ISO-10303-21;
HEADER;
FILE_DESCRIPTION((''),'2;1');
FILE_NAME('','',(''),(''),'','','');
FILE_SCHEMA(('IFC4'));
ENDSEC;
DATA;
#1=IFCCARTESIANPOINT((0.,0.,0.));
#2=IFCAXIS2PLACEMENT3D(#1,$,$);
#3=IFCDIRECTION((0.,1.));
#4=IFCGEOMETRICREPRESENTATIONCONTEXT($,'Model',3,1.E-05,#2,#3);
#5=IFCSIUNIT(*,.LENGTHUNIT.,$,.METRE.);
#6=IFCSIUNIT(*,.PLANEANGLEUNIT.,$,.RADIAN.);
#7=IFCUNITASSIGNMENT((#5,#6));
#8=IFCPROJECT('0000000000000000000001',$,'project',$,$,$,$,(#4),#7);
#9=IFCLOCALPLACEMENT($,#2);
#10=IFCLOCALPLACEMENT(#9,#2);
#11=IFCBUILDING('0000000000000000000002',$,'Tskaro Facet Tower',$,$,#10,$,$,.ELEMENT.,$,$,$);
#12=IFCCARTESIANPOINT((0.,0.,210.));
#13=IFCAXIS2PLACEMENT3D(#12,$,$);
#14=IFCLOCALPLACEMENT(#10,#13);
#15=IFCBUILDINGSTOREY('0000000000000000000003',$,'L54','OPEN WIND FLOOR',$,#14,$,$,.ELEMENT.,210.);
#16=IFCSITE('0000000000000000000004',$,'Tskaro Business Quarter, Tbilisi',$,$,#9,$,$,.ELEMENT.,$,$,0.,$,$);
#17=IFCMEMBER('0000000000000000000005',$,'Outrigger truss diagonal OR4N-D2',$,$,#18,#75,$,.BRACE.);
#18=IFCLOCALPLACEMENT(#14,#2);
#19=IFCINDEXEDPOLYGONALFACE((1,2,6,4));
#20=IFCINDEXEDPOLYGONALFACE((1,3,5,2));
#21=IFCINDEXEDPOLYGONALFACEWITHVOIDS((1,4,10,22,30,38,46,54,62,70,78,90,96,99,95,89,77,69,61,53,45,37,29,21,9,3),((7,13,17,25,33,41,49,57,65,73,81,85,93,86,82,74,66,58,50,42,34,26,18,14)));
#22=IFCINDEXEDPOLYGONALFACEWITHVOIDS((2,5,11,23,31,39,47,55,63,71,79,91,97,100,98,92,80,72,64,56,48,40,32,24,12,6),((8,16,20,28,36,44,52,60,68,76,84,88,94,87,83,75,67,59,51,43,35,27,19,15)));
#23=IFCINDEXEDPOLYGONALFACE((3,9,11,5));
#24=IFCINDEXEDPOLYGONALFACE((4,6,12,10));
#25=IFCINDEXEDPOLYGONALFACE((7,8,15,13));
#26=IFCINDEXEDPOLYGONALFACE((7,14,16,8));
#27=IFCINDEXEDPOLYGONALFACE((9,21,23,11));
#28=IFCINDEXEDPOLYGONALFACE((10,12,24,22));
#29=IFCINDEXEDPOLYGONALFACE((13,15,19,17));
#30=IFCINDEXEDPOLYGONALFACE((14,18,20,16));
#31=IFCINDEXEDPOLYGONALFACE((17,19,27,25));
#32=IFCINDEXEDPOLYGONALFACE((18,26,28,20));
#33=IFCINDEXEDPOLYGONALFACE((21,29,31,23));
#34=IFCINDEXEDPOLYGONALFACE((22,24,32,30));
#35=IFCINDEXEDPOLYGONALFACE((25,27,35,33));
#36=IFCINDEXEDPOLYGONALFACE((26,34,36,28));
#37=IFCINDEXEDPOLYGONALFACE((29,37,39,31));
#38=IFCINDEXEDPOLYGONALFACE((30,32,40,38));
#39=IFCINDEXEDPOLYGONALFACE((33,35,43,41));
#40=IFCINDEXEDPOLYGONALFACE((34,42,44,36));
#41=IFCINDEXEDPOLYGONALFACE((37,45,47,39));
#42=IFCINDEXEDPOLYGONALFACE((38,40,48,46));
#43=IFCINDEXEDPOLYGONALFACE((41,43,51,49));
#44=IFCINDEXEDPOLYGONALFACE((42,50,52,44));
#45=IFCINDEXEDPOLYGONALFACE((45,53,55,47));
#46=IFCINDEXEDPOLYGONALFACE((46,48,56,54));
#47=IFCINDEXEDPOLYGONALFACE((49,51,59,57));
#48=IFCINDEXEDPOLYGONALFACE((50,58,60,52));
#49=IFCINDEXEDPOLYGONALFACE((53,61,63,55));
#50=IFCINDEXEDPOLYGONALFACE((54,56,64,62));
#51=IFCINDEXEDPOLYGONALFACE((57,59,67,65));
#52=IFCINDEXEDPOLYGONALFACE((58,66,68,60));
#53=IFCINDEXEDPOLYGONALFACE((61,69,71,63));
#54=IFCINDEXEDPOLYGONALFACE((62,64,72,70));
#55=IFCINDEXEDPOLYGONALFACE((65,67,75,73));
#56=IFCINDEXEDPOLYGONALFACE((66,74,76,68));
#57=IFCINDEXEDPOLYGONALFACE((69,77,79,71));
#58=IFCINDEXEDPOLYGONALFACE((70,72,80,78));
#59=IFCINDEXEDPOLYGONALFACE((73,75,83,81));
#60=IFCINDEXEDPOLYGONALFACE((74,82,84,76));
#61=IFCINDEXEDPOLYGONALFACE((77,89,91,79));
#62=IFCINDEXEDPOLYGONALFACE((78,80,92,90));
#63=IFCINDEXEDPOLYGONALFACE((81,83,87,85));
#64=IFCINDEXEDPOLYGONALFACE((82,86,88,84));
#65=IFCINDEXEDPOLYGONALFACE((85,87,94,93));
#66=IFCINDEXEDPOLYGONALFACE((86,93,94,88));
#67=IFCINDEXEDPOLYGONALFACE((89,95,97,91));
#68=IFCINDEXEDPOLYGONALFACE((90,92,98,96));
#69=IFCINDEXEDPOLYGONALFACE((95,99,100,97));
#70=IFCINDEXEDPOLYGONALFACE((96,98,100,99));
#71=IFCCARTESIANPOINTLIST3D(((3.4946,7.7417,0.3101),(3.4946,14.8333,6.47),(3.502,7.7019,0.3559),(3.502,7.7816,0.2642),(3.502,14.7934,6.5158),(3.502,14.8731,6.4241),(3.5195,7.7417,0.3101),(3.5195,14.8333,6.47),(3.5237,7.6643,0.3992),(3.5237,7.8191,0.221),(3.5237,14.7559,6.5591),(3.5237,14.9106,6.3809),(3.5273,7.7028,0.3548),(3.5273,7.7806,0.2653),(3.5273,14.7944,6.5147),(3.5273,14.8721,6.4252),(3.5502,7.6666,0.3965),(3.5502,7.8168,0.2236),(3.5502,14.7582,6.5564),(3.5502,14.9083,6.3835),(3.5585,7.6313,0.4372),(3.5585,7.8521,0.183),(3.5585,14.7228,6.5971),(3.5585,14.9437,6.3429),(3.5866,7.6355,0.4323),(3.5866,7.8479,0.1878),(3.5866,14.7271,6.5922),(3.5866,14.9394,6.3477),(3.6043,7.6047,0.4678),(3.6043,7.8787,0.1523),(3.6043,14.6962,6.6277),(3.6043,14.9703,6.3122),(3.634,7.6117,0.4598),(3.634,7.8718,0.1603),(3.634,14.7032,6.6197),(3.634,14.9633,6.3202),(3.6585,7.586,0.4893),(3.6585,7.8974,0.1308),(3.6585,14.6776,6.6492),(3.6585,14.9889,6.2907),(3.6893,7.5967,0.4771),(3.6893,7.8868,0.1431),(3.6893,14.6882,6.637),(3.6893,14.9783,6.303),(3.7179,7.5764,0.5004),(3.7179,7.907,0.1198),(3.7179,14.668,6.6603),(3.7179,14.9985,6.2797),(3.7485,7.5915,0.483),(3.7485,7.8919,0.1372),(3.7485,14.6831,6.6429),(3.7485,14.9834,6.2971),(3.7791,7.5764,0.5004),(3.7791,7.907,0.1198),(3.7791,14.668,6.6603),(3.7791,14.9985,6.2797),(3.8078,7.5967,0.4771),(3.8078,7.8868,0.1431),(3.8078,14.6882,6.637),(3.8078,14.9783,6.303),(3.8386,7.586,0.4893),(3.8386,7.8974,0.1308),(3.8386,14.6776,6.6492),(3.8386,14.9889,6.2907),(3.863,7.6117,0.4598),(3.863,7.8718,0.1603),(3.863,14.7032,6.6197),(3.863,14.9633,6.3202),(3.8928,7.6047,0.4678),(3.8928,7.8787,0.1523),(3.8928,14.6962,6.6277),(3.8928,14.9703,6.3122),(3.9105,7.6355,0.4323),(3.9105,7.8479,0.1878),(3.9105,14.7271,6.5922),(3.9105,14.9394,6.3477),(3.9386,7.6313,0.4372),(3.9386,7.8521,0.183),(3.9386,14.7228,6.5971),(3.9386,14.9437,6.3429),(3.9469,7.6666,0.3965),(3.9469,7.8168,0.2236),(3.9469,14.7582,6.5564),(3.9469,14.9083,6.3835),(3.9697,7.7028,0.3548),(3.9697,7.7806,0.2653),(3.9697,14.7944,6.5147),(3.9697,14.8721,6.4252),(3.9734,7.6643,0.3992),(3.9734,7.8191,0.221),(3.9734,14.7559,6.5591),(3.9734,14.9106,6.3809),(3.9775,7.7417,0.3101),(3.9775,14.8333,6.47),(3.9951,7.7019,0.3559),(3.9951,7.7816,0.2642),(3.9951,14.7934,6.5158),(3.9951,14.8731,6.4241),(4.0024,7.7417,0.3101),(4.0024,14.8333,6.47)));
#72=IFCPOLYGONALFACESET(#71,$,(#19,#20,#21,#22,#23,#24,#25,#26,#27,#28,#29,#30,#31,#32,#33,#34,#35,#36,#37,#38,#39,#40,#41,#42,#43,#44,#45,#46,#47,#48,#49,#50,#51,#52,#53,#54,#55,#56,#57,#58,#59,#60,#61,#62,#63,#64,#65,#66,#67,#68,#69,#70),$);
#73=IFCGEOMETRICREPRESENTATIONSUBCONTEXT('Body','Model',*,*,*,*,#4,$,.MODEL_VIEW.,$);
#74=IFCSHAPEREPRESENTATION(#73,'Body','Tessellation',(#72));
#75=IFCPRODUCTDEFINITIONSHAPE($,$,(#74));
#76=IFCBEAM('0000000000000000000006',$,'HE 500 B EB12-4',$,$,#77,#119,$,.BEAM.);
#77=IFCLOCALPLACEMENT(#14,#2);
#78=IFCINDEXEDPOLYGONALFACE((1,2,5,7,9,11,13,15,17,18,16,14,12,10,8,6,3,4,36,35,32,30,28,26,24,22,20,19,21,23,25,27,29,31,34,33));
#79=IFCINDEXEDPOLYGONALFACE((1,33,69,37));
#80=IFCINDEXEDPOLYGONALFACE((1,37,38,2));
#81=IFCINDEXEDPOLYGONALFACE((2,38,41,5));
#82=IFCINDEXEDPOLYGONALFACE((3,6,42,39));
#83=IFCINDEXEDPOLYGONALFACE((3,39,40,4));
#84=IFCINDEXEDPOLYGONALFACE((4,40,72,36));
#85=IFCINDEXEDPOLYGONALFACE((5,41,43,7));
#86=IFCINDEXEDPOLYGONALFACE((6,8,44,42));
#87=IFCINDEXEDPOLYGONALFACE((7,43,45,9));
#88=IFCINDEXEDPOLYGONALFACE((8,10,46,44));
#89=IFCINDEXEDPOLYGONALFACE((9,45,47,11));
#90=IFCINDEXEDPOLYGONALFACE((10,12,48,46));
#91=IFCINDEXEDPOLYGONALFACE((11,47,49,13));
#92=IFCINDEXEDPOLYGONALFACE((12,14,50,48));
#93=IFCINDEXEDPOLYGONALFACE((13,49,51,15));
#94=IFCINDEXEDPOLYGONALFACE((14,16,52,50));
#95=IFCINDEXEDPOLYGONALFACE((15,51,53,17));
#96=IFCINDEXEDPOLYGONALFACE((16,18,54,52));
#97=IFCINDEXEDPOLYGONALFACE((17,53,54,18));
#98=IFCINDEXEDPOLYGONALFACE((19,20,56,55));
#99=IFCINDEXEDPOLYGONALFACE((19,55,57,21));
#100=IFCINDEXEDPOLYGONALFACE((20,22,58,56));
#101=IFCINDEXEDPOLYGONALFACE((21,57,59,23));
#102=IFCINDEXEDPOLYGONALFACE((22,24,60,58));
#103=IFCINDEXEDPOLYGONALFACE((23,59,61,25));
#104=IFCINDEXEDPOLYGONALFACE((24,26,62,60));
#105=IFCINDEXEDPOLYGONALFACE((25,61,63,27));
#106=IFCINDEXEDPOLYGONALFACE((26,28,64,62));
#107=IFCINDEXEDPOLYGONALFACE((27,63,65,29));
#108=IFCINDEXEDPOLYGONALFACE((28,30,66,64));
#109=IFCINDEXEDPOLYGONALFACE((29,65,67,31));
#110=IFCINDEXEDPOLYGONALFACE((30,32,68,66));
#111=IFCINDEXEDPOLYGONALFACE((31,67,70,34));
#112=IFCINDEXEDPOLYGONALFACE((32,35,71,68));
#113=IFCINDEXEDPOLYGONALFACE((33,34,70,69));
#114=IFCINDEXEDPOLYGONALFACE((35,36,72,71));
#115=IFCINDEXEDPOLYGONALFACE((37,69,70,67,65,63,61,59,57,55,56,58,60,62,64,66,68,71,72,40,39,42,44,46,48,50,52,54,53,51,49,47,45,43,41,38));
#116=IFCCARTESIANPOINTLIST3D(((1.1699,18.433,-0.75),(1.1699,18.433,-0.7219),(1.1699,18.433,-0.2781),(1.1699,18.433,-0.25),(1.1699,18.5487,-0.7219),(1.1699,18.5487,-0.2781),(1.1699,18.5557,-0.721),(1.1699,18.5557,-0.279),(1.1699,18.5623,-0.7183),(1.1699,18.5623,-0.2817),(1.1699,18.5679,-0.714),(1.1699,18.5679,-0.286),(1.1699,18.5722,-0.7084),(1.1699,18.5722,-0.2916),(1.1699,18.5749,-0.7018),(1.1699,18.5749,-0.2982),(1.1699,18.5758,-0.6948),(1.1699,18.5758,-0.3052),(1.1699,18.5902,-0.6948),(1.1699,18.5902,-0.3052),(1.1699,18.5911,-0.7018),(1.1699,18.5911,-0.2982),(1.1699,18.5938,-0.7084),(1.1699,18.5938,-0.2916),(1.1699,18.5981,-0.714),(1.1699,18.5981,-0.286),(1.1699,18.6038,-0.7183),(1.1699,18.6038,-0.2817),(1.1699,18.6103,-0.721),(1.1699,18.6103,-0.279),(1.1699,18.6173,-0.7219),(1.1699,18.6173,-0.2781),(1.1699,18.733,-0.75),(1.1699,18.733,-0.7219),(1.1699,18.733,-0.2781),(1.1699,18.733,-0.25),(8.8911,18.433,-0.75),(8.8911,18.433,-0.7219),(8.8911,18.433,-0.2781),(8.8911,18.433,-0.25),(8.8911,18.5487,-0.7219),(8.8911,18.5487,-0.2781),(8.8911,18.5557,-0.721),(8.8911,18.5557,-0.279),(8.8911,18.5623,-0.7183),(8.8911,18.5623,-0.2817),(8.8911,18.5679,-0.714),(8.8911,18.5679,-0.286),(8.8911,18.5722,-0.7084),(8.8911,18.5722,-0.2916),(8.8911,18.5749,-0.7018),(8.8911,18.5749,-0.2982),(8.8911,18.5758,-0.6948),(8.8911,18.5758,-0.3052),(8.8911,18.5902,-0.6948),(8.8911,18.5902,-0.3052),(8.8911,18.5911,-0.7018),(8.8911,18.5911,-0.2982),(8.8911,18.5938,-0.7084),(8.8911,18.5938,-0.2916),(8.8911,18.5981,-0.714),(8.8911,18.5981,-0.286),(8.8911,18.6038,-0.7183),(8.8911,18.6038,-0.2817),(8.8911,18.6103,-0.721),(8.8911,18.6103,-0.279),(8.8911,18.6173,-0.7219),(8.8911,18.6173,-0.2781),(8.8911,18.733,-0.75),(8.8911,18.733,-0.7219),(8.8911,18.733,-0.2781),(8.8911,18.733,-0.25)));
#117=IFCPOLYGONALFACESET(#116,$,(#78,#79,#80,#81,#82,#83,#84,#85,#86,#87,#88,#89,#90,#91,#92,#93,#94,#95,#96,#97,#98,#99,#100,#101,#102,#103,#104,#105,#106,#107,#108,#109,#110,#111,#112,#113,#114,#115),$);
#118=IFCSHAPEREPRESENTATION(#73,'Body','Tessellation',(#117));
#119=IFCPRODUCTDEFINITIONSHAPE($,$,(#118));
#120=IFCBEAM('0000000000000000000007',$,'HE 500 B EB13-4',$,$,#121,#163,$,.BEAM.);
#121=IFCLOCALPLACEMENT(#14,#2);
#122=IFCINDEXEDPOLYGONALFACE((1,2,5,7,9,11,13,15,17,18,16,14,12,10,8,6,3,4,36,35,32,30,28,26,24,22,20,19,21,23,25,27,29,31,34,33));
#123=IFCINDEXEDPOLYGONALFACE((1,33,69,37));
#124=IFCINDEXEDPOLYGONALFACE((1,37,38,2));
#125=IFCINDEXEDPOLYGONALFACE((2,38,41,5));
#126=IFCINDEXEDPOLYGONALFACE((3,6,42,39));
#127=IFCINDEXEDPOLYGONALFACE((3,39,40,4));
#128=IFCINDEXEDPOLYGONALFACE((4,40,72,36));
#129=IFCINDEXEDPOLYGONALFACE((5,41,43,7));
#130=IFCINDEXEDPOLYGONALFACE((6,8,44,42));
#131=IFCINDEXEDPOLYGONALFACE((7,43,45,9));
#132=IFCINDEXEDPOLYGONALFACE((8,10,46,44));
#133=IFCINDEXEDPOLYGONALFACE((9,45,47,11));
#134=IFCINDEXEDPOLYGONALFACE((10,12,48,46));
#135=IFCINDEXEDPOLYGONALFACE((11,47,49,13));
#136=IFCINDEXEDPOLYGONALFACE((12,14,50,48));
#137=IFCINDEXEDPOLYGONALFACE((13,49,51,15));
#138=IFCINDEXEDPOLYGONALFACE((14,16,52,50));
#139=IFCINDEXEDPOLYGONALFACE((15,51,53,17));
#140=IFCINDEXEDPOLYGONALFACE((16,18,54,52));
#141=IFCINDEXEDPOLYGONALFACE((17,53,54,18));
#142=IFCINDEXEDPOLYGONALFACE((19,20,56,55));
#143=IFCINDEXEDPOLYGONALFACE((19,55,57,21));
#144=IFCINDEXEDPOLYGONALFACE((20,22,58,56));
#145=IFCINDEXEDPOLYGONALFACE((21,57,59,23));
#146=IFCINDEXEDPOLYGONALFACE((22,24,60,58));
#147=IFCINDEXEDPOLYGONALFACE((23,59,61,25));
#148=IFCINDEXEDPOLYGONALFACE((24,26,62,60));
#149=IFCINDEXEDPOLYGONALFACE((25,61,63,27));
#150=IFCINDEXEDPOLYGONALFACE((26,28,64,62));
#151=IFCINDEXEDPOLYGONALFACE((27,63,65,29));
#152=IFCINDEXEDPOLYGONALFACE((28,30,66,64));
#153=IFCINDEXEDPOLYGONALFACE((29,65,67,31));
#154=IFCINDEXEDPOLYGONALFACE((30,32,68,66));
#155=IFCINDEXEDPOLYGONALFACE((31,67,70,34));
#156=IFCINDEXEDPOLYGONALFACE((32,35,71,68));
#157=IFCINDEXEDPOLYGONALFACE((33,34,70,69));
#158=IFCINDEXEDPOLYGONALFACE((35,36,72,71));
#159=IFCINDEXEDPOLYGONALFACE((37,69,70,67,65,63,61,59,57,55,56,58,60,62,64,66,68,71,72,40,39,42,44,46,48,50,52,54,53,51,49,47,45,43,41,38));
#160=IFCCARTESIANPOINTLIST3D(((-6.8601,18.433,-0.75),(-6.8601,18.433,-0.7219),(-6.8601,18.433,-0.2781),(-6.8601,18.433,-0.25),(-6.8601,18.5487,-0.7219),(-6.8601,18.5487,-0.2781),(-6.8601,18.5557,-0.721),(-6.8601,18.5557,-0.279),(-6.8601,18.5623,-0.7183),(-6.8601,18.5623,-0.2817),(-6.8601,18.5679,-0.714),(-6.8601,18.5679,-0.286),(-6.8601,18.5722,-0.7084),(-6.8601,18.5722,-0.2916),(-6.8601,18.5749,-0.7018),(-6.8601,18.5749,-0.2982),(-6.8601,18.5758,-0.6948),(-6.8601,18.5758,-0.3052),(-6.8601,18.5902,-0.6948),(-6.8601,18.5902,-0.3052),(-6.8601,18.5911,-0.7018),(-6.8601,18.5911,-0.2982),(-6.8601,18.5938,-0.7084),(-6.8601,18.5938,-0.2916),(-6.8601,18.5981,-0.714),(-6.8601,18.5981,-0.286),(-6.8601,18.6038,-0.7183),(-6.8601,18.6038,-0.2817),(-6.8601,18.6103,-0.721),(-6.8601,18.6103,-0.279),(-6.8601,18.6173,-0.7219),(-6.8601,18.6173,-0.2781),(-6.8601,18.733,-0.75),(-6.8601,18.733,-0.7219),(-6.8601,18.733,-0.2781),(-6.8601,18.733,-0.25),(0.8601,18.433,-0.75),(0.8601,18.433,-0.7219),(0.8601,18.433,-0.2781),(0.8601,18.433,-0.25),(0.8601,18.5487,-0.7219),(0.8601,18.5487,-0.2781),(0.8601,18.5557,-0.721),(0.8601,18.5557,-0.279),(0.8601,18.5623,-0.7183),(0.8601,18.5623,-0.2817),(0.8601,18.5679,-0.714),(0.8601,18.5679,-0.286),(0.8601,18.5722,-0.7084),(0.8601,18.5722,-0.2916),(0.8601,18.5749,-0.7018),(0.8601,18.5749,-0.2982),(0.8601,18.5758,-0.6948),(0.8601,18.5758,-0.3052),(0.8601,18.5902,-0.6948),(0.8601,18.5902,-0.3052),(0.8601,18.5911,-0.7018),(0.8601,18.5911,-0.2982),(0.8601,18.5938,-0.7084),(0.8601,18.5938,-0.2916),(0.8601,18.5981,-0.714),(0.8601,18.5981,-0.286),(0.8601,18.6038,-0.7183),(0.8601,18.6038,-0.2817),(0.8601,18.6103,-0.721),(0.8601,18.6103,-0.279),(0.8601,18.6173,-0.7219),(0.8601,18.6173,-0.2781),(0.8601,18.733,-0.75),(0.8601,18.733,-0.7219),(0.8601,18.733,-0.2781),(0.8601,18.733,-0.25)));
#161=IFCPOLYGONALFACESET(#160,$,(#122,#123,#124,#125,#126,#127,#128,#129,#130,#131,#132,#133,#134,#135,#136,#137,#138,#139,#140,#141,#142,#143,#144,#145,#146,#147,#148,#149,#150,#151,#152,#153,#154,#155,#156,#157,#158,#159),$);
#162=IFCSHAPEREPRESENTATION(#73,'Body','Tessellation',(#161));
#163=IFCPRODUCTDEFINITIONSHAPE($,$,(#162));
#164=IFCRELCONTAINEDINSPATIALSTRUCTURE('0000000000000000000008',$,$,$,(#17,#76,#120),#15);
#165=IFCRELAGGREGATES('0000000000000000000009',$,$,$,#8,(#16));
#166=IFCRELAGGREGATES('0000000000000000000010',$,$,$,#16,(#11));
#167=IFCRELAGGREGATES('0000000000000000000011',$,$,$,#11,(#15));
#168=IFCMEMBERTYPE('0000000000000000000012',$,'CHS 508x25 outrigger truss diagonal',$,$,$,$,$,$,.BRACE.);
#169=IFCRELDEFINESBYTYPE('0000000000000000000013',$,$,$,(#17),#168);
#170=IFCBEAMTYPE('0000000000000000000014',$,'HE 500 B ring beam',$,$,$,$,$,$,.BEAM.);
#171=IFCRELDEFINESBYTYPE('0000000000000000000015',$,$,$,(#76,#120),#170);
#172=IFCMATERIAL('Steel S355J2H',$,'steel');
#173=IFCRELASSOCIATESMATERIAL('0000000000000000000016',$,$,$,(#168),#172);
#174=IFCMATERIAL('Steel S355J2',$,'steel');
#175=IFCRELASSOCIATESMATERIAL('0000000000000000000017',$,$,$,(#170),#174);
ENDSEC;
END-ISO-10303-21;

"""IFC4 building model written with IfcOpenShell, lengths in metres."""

from ifc_helpers import new_model, si_unit, direction, frame, origin, origin_2d, place, context, subcontext, project, spatial, hollow_circle, i_section, extrude, material, material_profile, profile_set, type_object, element, save


model = new_model("IFC4")

# Units and contexts
model_context = context("Model", 3, precision=1e-05, world=origin(), true_north=direction((0.0, 1.0)))
body_context = subcontext(model_context, "Body", "Model", "MODEL_VIEW")
ifc_project = project(units=[si_unit("LENGTHUNIT", "METRE"), si_unit("PLANEANGLEUNIT", "RADIAN")], contexts=[model_context])

# Site, building, storey
site_placement = place(None, origin())
site = spatial("IfcSite", under=ifc_project, at=site_placement, Name="Tskaro Business Quarter, Tbilisi", CompositionType="ELEMENT", RefElevation=0.0)
building_placement = place(site_placement, origin())
building = spatial("IfcBuilding", under=site, at=building_placement, Name="Tskaro Facet Tower", CompositionType="ELEMENT")
storey_placement = place(building_placement, frame((0.0, 0.0, 210.0)))
storey = spatial("IfcBuildingStorey", under=building, at=storey_placement, Name="L54", Description="OPEN WIND FLOOR", CompositionType="ELEMENT", Elevation=210.0)

# Shared definitions
ifc_material_1 = material(Name="Steel S355J2H", Category="steel")

# Shared definitions
ifc_material_2 = material(Name="Steel S355J2", Category="steel")

# Member
ifc_material_profile_1 = material_profile(ifc_material_1, hollow_circle(Radius=0.2539, WallThickness=0.0249, at=origin_2d()), Name="CHS 508x25")
ifc_profile_set_1 = profile_set([ifc_material_profile_1], Name="Steel S355J2H")
member_type_1 = type_object("IfcMemberType", Name="CHS 508x25 outrigger truss diagonal", PredefinedType="BRACE", material=ifc_profile_set_1)
member_1_placement = place(storey_placement, frame((3.7485, 14.8333, 6.47), z_axis=(0.0, -0.754956, -0.655775), x_axis=(1.0, 0.0, 0.0)))
element("IfcMember", 1, at=member_1_placement, inside=storey, type_object=member_type_1, Name="Outrigger truss diagonal OR4N-D2", PredefinedType="BRACE", context=body_context, shape_type="SweptSolid", body=[
    extrude(hollow_circle(Radius=0.2539, WallThickness=0.0249, at=origin_2d()), origin(), (0.0, 0.0, 1.0), 9.3933),
])

# Beams
ifc_material_profile_2 = material_profile(ifc_material_2, i_section(OverallWidth=0.3, OverallDepth=0.5, WebThickness=0.0144, FlangeThickness=0.0281, FilletRadius=0.0271, at=origin_2d()), Name="HE 500 B")
ifc_profile_set_2 = profile_set([ifc_material_profile_2], Name="Steel S355J2")
beam_type_1 = type_object("IfcBeamType", Name="HE 500 B ring beam", PredefinedType="BEAM", material=ifc_profile_set_2)
beam_1_placement = place(storey_placement, frame((8.8911, 18.583, -0.5), z_axis=(-1.0, 0.0, 0.0), x_axis=(0.0, -1.0, 0.0)))
element("IfcBeam", 2, at=beam_1_placement, inside=storey, type_object=beam_type_1, Name="HE 500 B EB12-4", PredefinedType="BEAM", context=body_context, shape_type="SweptSolid", body=[
    extrude(i_section(OverallWidth=0.3, OverallDepth=0.5, WebThickness=0.0144, FlangeThickness=0.0281, FilletRadius=0.0271, at=origin_2d()), origin(), (0.0, 0.0, 1.0), 7.7212),
])
beam_2_placement = place(storey_placement, frame((0.8601, 18.583, -0.5), z_axis=(-1.0, 0.0, 0.0), x_axis=(0.0, -1.0, 0.0)))
element("IfcBeam", 3, at=beam_2_placement, inside=storey, type_object=beam_type_1, Name="HE 500 B EB13-4", PredefinedType="BEAM", context=body_context, shape_type="SweptSolid", body=[
    extrude(i_section(OverallWidth=0.3, OverallDepth=0.5, WebThickness=0.0144, FlangeThickness=0.0281, FilletRadius=0.0271, at=origin_2d()), origin(), (0.0, 0.0, 1.0), 7.7202),
])

save(model, "model.ifc")
